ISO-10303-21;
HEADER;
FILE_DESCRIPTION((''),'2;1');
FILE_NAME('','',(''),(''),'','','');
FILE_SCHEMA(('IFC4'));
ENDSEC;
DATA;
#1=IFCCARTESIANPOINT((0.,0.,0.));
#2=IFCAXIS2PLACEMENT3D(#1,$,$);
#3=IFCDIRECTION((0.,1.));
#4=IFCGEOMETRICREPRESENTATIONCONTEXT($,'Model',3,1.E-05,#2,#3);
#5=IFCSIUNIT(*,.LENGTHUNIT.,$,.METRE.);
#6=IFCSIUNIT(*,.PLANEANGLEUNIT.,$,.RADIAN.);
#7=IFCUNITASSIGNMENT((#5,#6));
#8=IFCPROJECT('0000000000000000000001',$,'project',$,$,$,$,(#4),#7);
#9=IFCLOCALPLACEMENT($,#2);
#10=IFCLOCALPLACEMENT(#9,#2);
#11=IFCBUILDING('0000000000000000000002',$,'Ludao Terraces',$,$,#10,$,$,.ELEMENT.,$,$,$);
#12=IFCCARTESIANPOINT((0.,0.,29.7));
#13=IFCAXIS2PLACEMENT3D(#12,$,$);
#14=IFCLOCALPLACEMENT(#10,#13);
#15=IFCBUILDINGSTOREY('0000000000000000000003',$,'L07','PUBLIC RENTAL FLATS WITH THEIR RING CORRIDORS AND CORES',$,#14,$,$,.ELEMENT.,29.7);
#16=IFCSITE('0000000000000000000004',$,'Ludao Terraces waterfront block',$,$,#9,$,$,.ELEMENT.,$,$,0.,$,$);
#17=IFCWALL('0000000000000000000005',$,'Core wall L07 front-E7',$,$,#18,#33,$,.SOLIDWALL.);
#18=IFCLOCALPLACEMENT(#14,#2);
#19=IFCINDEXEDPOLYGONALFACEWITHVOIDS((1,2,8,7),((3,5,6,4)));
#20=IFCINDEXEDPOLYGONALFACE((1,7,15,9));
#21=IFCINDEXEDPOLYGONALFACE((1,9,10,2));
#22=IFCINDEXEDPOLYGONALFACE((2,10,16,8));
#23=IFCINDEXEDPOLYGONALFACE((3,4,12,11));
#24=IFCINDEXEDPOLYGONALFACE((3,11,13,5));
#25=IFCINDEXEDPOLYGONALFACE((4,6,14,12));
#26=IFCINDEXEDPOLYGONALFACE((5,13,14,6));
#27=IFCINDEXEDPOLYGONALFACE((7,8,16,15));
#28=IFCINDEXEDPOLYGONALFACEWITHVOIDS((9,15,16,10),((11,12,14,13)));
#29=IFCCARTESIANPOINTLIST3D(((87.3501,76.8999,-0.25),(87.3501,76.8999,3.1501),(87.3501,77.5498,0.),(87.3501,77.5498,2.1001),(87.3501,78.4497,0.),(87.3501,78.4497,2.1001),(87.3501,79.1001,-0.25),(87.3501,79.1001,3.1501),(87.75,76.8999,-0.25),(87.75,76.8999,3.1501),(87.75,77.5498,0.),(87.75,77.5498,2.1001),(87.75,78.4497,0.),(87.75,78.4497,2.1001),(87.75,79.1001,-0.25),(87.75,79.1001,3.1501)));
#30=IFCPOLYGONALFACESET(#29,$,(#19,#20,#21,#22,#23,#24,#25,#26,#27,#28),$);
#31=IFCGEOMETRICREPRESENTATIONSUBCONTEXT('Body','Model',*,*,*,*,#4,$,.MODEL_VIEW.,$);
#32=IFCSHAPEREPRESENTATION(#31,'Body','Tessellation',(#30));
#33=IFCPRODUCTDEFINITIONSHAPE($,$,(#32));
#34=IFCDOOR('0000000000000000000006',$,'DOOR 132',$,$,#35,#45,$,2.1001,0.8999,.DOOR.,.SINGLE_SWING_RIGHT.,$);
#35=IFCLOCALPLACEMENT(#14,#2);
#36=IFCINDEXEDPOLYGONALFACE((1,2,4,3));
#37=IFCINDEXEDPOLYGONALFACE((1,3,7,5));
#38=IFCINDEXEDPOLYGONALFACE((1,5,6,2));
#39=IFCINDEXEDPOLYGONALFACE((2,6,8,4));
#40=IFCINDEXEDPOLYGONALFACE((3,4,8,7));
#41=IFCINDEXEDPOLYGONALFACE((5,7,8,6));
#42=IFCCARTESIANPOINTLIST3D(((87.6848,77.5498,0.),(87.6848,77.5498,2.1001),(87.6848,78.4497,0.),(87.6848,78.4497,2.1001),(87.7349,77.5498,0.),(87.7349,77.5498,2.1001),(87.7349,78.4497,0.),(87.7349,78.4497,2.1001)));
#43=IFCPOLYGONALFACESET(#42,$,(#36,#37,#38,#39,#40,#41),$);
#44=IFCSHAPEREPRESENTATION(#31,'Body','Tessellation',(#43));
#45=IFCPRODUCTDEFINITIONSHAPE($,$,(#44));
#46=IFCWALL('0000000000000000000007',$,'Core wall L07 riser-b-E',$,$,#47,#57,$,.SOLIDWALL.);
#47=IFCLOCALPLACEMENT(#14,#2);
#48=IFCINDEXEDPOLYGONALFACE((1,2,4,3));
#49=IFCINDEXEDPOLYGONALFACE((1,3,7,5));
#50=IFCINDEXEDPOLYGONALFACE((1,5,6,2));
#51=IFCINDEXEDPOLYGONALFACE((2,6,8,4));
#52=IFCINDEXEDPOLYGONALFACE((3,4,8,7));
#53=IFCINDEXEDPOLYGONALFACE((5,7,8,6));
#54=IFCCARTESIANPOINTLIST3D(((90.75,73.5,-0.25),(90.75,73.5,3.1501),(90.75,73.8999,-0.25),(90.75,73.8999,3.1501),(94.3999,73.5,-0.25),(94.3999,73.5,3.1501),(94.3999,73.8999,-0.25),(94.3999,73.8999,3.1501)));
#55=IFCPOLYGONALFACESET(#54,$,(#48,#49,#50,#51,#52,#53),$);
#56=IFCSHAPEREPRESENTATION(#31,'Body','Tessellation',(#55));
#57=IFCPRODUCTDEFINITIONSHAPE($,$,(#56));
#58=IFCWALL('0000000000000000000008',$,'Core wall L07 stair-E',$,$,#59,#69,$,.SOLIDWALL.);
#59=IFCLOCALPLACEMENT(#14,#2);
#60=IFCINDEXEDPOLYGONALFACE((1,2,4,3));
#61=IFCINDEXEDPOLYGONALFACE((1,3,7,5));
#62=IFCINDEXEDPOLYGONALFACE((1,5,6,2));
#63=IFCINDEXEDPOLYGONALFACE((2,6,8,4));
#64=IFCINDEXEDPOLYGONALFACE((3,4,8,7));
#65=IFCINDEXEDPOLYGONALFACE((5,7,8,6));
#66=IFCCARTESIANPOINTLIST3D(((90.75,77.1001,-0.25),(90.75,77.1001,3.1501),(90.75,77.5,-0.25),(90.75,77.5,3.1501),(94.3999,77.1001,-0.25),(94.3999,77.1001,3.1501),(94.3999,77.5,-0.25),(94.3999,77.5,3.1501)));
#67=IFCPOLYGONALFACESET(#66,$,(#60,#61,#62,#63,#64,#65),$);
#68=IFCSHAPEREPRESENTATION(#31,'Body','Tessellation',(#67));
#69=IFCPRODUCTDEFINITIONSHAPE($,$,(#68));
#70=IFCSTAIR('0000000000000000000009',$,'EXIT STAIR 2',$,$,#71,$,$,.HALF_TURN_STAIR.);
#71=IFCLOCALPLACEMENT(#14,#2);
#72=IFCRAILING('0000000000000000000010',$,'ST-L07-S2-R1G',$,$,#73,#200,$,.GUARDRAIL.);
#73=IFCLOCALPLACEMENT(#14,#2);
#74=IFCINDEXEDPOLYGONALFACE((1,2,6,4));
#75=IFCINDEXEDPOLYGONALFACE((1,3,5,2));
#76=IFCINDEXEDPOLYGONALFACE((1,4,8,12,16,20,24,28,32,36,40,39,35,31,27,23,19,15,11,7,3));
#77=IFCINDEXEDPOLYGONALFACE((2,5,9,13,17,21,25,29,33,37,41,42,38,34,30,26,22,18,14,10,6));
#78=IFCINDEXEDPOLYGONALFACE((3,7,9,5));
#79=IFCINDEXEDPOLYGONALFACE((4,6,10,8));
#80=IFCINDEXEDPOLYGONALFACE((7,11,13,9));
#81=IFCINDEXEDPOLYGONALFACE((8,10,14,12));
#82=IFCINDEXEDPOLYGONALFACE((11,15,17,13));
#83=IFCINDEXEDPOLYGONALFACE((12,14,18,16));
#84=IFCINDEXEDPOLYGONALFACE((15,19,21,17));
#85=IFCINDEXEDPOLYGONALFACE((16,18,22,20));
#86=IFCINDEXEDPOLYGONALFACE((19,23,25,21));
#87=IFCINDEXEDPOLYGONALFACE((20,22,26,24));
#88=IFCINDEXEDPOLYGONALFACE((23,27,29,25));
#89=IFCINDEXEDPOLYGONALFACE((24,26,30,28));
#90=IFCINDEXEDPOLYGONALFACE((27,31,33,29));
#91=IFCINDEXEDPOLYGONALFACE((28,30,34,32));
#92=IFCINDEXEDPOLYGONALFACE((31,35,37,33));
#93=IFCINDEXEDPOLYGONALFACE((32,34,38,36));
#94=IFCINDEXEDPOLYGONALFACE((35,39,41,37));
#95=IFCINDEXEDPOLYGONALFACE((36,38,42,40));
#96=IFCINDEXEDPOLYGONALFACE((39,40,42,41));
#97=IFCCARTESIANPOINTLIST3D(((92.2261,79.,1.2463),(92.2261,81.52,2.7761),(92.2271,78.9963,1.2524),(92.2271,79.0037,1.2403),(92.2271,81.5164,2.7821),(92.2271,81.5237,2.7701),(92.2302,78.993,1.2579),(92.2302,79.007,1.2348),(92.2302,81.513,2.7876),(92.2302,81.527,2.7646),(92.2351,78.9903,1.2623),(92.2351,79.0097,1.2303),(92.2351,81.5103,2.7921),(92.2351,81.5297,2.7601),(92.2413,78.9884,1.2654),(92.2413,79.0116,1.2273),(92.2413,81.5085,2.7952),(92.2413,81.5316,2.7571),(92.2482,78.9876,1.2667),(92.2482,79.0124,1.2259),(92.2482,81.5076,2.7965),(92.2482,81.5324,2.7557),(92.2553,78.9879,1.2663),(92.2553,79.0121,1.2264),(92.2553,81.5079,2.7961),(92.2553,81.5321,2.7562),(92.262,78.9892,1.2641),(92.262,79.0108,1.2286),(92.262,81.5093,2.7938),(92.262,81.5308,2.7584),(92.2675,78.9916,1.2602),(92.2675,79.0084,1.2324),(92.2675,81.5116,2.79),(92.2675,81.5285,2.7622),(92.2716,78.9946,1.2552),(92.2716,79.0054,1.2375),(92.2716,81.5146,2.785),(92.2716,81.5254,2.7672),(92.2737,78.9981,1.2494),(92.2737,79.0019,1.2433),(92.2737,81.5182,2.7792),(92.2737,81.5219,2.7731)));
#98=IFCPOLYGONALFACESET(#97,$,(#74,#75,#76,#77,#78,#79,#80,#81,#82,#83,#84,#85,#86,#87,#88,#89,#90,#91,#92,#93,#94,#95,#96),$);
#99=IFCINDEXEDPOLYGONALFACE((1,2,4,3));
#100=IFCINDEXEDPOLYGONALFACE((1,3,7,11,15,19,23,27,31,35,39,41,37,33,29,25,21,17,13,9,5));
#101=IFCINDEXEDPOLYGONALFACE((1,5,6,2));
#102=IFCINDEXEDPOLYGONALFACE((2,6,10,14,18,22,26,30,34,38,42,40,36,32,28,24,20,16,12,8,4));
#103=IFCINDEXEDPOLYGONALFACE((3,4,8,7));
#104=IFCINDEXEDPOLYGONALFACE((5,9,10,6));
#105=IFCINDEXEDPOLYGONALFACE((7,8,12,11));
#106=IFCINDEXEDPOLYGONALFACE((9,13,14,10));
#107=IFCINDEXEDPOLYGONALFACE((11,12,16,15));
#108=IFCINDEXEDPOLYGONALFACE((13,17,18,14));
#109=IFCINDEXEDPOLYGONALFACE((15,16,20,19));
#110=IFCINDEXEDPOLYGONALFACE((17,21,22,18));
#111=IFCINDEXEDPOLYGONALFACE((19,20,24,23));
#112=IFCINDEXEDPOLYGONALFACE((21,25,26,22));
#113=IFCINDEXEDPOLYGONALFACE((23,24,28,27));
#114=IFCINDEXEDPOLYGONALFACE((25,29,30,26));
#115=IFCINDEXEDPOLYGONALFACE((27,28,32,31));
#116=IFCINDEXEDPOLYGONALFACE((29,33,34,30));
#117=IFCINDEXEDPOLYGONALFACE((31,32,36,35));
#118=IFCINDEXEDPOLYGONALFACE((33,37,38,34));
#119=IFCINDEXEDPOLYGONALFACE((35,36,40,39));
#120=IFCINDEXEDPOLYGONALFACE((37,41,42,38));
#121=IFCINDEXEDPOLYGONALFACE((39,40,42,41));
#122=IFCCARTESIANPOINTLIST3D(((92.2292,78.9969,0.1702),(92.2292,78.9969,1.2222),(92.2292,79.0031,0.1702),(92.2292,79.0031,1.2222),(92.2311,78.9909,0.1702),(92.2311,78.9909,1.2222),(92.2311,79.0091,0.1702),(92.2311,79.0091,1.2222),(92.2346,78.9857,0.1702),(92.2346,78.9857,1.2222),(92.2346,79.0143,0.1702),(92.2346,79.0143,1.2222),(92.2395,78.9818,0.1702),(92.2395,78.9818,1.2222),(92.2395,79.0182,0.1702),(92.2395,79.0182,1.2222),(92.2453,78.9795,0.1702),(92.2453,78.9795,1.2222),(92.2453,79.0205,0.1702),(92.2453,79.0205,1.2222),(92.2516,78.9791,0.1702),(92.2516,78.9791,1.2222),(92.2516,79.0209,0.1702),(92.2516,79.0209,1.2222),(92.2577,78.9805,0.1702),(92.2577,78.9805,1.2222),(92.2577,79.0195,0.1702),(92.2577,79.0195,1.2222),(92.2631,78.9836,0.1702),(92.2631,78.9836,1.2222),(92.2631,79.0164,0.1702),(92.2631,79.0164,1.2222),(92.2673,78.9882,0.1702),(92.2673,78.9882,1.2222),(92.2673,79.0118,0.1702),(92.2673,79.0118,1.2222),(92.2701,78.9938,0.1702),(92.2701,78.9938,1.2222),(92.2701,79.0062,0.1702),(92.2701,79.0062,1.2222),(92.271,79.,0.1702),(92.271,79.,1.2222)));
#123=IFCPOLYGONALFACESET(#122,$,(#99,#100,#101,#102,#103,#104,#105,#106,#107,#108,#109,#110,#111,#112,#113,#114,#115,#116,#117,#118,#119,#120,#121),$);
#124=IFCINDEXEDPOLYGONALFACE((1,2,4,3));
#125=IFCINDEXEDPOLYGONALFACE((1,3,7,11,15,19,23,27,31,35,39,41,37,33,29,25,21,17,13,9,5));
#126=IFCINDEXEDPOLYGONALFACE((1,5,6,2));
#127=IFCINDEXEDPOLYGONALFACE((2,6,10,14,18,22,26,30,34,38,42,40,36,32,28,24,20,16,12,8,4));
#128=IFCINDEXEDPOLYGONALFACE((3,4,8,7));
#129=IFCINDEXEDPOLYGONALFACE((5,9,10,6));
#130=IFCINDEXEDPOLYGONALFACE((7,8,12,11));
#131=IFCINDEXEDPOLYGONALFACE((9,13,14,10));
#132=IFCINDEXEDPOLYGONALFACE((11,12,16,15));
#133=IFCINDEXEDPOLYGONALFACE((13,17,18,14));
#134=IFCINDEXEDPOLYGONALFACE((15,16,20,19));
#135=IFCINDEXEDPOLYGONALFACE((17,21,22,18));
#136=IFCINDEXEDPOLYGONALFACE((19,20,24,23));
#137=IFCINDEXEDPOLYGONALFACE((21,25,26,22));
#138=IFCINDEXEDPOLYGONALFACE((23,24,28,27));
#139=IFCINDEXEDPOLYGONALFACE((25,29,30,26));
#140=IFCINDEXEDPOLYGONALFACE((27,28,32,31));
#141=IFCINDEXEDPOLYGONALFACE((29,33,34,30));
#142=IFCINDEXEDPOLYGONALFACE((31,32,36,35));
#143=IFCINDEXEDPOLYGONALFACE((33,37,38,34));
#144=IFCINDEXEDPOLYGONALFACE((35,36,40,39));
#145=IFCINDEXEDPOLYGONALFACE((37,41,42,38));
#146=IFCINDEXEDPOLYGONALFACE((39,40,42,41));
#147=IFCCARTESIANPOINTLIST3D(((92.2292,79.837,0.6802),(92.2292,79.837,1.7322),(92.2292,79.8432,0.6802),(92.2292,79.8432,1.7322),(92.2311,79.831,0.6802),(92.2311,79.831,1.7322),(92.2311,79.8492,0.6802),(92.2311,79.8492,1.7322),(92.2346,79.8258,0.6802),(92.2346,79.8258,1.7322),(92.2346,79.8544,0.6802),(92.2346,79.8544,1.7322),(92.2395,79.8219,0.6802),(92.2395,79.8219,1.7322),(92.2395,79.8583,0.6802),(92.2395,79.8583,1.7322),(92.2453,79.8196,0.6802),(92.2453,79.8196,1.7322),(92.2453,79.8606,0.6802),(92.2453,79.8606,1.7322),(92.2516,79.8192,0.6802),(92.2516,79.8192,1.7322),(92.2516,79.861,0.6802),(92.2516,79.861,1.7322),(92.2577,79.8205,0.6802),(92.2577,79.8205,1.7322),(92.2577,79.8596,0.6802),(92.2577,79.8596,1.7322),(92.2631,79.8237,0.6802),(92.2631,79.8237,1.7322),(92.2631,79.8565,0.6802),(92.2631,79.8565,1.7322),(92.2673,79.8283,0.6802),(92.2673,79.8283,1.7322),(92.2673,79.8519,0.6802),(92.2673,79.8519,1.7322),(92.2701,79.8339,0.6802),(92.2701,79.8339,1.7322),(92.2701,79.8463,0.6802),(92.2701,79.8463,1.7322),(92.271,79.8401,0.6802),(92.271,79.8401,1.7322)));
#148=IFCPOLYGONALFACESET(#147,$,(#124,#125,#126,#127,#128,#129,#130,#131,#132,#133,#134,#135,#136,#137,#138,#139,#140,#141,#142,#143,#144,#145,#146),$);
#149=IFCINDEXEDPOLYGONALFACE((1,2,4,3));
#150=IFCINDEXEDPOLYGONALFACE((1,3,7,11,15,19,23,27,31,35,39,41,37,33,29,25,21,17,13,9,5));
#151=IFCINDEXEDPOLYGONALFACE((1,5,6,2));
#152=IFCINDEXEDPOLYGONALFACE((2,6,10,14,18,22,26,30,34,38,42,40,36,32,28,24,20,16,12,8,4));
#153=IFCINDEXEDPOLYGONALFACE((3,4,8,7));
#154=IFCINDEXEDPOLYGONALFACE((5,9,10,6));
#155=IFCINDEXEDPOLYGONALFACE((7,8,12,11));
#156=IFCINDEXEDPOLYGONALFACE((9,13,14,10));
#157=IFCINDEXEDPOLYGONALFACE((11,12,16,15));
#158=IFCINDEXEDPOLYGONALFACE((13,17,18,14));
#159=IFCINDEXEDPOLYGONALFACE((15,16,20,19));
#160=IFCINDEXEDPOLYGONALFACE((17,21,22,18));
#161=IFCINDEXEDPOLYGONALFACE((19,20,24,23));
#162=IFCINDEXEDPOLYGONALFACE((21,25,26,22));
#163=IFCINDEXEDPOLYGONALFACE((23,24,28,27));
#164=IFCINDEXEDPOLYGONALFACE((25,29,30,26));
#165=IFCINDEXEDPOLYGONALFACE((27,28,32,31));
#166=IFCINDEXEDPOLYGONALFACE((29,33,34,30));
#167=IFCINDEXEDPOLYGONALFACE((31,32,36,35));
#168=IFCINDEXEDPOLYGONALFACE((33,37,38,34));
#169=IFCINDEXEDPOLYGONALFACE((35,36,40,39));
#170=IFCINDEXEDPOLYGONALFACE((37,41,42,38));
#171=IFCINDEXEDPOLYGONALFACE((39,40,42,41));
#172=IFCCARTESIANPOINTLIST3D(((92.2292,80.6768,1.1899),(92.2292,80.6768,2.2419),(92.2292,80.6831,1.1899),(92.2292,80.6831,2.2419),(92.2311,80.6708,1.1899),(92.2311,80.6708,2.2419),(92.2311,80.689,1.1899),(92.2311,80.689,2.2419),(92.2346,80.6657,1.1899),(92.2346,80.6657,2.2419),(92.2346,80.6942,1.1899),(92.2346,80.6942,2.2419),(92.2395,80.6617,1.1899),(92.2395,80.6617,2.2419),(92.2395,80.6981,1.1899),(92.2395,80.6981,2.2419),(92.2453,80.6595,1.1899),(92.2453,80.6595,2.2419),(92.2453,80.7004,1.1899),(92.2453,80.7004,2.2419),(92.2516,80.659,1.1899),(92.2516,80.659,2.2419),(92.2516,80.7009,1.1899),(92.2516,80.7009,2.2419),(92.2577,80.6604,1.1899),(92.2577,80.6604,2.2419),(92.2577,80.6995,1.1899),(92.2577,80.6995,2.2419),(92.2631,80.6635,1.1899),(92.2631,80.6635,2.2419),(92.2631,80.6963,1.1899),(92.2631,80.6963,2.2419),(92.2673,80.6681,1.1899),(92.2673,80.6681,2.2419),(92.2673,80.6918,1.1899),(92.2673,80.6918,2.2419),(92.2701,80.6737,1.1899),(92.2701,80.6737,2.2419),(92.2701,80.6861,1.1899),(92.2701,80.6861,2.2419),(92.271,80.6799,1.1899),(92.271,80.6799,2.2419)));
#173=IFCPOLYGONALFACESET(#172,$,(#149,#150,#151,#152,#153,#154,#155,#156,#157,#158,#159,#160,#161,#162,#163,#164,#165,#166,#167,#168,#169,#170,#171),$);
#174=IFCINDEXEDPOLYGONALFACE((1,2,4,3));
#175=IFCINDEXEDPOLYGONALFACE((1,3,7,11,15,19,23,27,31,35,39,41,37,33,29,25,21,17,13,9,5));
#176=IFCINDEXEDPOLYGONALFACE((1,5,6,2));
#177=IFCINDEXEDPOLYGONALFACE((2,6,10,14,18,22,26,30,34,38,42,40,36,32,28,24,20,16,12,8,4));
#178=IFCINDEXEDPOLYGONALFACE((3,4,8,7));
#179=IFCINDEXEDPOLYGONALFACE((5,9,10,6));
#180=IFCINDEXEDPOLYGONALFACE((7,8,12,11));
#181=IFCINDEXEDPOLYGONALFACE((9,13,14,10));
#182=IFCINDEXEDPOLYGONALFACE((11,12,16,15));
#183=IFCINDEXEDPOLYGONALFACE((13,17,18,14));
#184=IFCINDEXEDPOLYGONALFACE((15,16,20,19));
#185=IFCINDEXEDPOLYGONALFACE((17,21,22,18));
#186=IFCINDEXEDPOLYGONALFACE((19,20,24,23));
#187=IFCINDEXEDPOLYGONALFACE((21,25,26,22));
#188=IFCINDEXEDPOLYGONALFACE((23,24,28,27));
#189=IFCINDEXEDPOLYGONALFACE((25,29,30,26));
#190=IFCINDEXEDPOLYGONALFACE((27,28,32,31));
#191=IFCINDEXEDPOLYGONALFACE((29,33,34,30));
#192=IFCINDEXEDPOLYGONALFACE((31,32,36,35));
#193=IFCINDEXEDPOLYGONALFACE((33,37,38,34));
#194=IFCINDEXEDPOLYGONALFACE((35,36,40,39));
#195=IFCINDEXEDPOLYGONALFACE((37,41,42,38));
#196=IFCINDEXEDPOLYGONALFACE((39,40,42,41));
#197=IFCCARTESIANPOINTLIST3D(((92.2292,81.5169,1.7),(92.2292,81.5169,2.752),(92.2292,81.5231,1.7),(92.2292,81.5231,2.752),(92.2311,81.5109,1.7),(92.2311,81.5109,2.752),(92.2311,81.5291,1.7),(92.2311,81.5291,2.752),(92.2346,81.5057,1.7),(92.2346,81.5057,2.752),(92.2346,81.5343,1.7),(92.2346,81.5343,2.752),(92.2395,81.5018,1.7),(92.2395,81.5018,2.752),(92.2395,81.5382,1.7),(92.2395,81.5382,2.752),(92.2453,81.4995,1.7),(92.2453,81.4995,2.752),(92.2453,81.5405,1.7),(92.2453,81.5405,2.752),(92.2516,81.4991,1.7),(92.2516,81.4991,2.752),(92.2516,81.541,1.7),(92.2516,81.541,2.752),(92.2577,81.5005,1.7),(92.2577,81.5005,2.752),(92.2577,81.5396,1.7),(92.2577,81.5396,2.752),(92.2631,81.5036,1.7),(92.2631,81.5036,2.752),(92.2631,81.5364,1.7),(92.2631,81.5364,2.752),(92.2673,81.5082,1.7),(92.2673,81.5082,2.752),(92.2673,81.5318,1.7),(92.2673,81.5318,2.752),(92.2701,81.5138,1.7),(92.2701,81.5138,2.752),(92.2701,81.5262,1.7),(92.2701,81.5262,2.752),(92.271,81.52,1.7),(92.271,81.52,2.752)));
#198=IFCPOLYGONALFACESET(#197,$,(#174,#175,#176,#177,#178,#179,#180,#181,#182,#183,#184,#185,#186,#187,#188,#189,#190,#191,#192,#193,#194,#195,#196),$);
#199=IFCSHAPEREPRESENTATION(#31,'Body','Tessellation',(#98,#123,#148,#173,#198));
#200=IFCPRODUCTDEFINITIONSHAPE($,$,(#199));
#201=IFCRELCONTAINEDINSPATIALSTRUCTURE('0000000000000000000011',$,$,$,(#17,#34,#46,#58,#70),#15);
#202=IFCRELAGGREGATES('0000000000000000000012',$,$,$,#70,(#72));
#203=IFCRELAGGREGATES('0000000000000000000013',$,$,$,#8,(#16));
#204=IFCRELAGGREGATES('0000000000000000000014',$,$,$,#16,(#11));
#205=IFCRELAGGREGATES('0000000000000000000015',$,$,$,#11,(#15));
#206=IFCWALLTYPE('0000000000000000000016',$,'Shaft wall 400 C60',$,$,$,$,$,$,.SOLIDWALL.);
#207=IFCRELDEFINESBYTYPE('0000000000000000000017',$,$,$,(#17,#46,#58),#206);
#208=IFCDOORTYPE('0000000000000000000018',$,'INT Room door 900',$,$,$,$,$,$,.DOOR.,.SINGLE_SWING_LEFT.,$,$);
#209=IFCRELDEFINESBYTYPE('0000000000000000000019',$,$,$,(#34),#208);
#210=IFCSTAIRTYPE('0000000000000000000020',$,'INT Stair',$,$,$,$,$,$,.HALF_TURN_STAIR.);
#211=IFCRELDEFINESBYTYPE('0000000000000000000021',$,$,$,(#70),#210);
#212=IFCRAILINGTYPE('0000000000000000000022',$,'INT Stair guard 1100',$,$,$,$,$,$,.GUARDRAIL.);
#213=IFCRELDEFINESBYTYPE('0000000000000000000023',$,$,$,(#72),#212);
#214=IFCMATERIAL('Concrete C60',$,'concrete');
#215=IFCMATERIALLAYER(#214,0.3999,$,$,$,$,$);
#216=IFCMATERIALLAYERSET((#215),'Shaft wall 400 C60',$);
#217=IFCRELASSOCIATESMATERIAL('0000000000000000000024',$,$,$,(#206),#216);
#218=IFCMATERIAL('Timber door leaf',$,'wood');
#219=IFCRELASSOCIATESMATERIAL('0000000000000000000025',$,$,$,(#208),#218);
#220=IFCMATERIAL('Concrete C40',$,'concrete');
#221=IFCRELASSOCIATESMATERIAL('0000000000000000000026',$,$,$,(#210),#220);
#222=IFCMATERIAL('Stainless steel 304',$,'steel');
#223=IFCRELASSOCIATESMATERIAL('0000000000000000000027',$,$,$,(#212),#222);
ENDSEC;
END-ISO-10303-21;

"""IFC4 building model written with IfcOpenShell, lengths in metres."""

from ifc_helpers import new_model, si_unit, direction, frame, frame_2d, origin, origin_2d, place, context, subcontext, project, spatial, rectangle, circle, extrude, material, layer, layer_set, type_object, element, fill, aggregate, save


model = new_model("IFC4")

# Units and contexts
model_context = context("Model", 3, precision=1e-05, world=origin(), true_north=direction((0.0, 1.0)))
body_context = subcontext(model_context, "Body", "Model", "MODEL_VIEW")
ifc_project = project(units=[si_unit("LENGTHUNIT", "METRE"), si_unit("PLANEANGLEUNIT", "RADIAN")], contexts=[model_context])

# Site, building, storey
site_placement = place(None, origin())
site = spatial("IfcSite", under=ifc_project, at=site_placement, Name="Ludao Terraces waterfront block", CompositionType="ELEMENT", RefElevation=0.0)
building_placement = place(site_placement, origin())
building = spatial("IfcBuilding", under=site, at=building_placement, Name="Ludao Terraces", CompositionType="ELEMENT")
storey_placement = place(building_placement, frame((0.0, 0.0, 29.7)))
storey = spatial("IfcBuildingStorey", under=building, at=storey_placement, Name="L07", Description="PUBLIC RENTAL FLATS WITH THEIR RING CORRIDORS AND CORES", CompositionType="ELEMENT", Elevation=29.7)

# Shared definitions
ifc_material_1 = material(Name="Concrete C60", Category="concrete")
ifc_layer_1 = layer(ifc_material_1, 0.3999)
ifc_layer_set_1 = layer_set([ifc_layer_1], Name="Shaft wall 400 C60")
wall_type_1 = type_object("IfcWallType", Name="Shaft wall 400 C60", PredefinedType="SOLIDWALL", material=ifc_layer_set_1)

# Shared definitions
ifc_material_2 = material(Name="Timber door leaf", Category="wood")
door_type_1 = type_object("IfcDoorType", Name="INT Room door 900", OperationType="SINGLE_SWING_LEFT", PredefinedType="DOOR", material=ifc_material_2)

# Wall, opening, door
wall_1_placement = place(storey_placement, frame((87.55, 76.8999, -0.25), z_axis=(0.0, 0.0, 1.0), x_axis=(0.0, 1.0, 0.0)))
wall_1 = element("IfcWall", 1, at=wall_1_placement, inside=storey, type_object=wall_type_1, Name="Core wall L07 front-E7", PredefinedType="SOLIDWALL", context=body_context, shape_type="SweptSolid", body=[
    extrude(rectangle(XDim=2.2002, YDim=0.3999, at=frame_2d((1.1001, 0.0))), origin(), (0.0, 0.0, 1.0), 3.4001),
])
opening_1_placement = place(wall_1_placement, frame((0.6499, 0.0, 0.25)))
opening_1 = element("IfcOpeningElement", 2, at=opening_1_placement, cuts=wall_1, PredefinedType="OPENING", context=body_context, shape_type="SweptSolid", body=[
    extrude(rectangle(XDim=0.8999, YDim=2.1001, at=frame_2d((0.45, 1.05))), frame((0.0, 0.21, 0.0), z_axis=(0.0, -1.0, 0.0), x_axis=(1.0, 0.0, 0.0)), (0.0, 0.0, 1.0), 0.4199),
])
door_1_placement = place(opening_1_placement, origin())
door_1 = element("IfcDoor", 3, at=door_1_placement, inside=storey, type_object=door_type_1, Name="DOOR 132", OperationType="SINGLE_SWING_RIGHT", OverallHeight=2.1001, OverallWidth=0.8999, PredefinedType="DOOR", context=body_context, shape_type="SweptSolid", body=[
    extrude(rectangle(XDim=0.8999, YDim=2.1001, at=frame_2d((0.45, 1.05))), frame((0.0, -0.1348, 0.0), z_axis=(0.0, -1.0, 0.0), x_axis=(1.0, 0.0, 0.0)), (0.0, 0.0, 1.0), 0.05),
])
fill(opening_1, door_1)

# Walls
for number, where, z_axis, x_axis, name in (
    (4, (90.75, 73.7, -0.25), (0.0, 0.0, 1.0), (1.0, 0.0, 0.0), "Core wall L07 riser-b-E"),
    (5, (90.75, 77.3, -0.25), (0.0, 0.0, 1.0), (1.0, 0.0, 0.0), "Core wall L07 stair-E"),
):
    element("IfcWall", number, at=place(storey_placement, frame(where, z_axis=z_axis, x_axis=x_axis)), inside=storey, type_object=wall_type_1, Name=name, PredefinedType="SOLIDWALL", context=body_context, shape_type="SweptSolid", body=[
        extrude(rectangle(XDim=3.6499, YDim=0.3999, at=frame_2d((1.825, 0.0))), origin(), (0.0, 0.0, 1.0), 3.4001),
    ])

# Stair, railing
ifc_material_3 = material(Name="Concrete C40", Category="concrete")
stair_type = type_object("IfcStairType", Name="INT Stair", PredefinedType="HALF_TURN_STAIR", material=ifc_material_3)
stair_placement = place(storey_placement, origin())
stair = element("IfcStair", 6, at=stair_placement, inside=storey, type_object=stair_type, Name="EXIT STAIR 2", PredefinedType="HALF_TURN_STAIR")
ifc_material_4 = material(Name="Stainless steel 304", Category="steel")
railing_type_1 = type_object("IfcRailingType", Name="INT Stair guard 1100", PredefinedType="GUARDRAIL", material=ifc_material_4)
railing_1_placement = place(storey_placement, frame((92.25, 79.0, 0.1702)))
railing_1 = element("IfcRailing", 7, at=railing_1_placement, type_object=railing_type_1, Name="ST-L07-S2-R1G", PredefinedType="GUARDRAIL", context=body_context, shape_type="SweptSolid", body=[
    extrude(circle(Radius=0.0239, at=origin_2d()), frame((0.0, 0.0, 1.0762), z_axis=(0.0, 0.854822, 0.518922), x_axis=(-1.0, 0.0, 0.0)), (0.0, 0.0, 1.0), 2.948),
    extrude(circle(Radius=0.021, at=origin_2d()), origin(), (0.0, 0.0, 1.0), 1.052),
    extrude(circle(Radius=0.021, at=origin_2d()), frame((0.0, 0.8401, 0.51)), (0.0, 0.0, 1.0), 1.052),
    extrude(circle(Radius=0.021, at=origin_2d()), frame((0.0, 1.6799, 1.0198)), (0.0, 0.0, 1.0), 1.052),
    extrude(circle(Radius=0.021, at=origin_2d()), frame((0.0, 2.52, 1.5298)), (0.0, 0.0, 1.0), 1.052),
])
aggregate(stair, [railing_1])

save(model, "model.ifc")
